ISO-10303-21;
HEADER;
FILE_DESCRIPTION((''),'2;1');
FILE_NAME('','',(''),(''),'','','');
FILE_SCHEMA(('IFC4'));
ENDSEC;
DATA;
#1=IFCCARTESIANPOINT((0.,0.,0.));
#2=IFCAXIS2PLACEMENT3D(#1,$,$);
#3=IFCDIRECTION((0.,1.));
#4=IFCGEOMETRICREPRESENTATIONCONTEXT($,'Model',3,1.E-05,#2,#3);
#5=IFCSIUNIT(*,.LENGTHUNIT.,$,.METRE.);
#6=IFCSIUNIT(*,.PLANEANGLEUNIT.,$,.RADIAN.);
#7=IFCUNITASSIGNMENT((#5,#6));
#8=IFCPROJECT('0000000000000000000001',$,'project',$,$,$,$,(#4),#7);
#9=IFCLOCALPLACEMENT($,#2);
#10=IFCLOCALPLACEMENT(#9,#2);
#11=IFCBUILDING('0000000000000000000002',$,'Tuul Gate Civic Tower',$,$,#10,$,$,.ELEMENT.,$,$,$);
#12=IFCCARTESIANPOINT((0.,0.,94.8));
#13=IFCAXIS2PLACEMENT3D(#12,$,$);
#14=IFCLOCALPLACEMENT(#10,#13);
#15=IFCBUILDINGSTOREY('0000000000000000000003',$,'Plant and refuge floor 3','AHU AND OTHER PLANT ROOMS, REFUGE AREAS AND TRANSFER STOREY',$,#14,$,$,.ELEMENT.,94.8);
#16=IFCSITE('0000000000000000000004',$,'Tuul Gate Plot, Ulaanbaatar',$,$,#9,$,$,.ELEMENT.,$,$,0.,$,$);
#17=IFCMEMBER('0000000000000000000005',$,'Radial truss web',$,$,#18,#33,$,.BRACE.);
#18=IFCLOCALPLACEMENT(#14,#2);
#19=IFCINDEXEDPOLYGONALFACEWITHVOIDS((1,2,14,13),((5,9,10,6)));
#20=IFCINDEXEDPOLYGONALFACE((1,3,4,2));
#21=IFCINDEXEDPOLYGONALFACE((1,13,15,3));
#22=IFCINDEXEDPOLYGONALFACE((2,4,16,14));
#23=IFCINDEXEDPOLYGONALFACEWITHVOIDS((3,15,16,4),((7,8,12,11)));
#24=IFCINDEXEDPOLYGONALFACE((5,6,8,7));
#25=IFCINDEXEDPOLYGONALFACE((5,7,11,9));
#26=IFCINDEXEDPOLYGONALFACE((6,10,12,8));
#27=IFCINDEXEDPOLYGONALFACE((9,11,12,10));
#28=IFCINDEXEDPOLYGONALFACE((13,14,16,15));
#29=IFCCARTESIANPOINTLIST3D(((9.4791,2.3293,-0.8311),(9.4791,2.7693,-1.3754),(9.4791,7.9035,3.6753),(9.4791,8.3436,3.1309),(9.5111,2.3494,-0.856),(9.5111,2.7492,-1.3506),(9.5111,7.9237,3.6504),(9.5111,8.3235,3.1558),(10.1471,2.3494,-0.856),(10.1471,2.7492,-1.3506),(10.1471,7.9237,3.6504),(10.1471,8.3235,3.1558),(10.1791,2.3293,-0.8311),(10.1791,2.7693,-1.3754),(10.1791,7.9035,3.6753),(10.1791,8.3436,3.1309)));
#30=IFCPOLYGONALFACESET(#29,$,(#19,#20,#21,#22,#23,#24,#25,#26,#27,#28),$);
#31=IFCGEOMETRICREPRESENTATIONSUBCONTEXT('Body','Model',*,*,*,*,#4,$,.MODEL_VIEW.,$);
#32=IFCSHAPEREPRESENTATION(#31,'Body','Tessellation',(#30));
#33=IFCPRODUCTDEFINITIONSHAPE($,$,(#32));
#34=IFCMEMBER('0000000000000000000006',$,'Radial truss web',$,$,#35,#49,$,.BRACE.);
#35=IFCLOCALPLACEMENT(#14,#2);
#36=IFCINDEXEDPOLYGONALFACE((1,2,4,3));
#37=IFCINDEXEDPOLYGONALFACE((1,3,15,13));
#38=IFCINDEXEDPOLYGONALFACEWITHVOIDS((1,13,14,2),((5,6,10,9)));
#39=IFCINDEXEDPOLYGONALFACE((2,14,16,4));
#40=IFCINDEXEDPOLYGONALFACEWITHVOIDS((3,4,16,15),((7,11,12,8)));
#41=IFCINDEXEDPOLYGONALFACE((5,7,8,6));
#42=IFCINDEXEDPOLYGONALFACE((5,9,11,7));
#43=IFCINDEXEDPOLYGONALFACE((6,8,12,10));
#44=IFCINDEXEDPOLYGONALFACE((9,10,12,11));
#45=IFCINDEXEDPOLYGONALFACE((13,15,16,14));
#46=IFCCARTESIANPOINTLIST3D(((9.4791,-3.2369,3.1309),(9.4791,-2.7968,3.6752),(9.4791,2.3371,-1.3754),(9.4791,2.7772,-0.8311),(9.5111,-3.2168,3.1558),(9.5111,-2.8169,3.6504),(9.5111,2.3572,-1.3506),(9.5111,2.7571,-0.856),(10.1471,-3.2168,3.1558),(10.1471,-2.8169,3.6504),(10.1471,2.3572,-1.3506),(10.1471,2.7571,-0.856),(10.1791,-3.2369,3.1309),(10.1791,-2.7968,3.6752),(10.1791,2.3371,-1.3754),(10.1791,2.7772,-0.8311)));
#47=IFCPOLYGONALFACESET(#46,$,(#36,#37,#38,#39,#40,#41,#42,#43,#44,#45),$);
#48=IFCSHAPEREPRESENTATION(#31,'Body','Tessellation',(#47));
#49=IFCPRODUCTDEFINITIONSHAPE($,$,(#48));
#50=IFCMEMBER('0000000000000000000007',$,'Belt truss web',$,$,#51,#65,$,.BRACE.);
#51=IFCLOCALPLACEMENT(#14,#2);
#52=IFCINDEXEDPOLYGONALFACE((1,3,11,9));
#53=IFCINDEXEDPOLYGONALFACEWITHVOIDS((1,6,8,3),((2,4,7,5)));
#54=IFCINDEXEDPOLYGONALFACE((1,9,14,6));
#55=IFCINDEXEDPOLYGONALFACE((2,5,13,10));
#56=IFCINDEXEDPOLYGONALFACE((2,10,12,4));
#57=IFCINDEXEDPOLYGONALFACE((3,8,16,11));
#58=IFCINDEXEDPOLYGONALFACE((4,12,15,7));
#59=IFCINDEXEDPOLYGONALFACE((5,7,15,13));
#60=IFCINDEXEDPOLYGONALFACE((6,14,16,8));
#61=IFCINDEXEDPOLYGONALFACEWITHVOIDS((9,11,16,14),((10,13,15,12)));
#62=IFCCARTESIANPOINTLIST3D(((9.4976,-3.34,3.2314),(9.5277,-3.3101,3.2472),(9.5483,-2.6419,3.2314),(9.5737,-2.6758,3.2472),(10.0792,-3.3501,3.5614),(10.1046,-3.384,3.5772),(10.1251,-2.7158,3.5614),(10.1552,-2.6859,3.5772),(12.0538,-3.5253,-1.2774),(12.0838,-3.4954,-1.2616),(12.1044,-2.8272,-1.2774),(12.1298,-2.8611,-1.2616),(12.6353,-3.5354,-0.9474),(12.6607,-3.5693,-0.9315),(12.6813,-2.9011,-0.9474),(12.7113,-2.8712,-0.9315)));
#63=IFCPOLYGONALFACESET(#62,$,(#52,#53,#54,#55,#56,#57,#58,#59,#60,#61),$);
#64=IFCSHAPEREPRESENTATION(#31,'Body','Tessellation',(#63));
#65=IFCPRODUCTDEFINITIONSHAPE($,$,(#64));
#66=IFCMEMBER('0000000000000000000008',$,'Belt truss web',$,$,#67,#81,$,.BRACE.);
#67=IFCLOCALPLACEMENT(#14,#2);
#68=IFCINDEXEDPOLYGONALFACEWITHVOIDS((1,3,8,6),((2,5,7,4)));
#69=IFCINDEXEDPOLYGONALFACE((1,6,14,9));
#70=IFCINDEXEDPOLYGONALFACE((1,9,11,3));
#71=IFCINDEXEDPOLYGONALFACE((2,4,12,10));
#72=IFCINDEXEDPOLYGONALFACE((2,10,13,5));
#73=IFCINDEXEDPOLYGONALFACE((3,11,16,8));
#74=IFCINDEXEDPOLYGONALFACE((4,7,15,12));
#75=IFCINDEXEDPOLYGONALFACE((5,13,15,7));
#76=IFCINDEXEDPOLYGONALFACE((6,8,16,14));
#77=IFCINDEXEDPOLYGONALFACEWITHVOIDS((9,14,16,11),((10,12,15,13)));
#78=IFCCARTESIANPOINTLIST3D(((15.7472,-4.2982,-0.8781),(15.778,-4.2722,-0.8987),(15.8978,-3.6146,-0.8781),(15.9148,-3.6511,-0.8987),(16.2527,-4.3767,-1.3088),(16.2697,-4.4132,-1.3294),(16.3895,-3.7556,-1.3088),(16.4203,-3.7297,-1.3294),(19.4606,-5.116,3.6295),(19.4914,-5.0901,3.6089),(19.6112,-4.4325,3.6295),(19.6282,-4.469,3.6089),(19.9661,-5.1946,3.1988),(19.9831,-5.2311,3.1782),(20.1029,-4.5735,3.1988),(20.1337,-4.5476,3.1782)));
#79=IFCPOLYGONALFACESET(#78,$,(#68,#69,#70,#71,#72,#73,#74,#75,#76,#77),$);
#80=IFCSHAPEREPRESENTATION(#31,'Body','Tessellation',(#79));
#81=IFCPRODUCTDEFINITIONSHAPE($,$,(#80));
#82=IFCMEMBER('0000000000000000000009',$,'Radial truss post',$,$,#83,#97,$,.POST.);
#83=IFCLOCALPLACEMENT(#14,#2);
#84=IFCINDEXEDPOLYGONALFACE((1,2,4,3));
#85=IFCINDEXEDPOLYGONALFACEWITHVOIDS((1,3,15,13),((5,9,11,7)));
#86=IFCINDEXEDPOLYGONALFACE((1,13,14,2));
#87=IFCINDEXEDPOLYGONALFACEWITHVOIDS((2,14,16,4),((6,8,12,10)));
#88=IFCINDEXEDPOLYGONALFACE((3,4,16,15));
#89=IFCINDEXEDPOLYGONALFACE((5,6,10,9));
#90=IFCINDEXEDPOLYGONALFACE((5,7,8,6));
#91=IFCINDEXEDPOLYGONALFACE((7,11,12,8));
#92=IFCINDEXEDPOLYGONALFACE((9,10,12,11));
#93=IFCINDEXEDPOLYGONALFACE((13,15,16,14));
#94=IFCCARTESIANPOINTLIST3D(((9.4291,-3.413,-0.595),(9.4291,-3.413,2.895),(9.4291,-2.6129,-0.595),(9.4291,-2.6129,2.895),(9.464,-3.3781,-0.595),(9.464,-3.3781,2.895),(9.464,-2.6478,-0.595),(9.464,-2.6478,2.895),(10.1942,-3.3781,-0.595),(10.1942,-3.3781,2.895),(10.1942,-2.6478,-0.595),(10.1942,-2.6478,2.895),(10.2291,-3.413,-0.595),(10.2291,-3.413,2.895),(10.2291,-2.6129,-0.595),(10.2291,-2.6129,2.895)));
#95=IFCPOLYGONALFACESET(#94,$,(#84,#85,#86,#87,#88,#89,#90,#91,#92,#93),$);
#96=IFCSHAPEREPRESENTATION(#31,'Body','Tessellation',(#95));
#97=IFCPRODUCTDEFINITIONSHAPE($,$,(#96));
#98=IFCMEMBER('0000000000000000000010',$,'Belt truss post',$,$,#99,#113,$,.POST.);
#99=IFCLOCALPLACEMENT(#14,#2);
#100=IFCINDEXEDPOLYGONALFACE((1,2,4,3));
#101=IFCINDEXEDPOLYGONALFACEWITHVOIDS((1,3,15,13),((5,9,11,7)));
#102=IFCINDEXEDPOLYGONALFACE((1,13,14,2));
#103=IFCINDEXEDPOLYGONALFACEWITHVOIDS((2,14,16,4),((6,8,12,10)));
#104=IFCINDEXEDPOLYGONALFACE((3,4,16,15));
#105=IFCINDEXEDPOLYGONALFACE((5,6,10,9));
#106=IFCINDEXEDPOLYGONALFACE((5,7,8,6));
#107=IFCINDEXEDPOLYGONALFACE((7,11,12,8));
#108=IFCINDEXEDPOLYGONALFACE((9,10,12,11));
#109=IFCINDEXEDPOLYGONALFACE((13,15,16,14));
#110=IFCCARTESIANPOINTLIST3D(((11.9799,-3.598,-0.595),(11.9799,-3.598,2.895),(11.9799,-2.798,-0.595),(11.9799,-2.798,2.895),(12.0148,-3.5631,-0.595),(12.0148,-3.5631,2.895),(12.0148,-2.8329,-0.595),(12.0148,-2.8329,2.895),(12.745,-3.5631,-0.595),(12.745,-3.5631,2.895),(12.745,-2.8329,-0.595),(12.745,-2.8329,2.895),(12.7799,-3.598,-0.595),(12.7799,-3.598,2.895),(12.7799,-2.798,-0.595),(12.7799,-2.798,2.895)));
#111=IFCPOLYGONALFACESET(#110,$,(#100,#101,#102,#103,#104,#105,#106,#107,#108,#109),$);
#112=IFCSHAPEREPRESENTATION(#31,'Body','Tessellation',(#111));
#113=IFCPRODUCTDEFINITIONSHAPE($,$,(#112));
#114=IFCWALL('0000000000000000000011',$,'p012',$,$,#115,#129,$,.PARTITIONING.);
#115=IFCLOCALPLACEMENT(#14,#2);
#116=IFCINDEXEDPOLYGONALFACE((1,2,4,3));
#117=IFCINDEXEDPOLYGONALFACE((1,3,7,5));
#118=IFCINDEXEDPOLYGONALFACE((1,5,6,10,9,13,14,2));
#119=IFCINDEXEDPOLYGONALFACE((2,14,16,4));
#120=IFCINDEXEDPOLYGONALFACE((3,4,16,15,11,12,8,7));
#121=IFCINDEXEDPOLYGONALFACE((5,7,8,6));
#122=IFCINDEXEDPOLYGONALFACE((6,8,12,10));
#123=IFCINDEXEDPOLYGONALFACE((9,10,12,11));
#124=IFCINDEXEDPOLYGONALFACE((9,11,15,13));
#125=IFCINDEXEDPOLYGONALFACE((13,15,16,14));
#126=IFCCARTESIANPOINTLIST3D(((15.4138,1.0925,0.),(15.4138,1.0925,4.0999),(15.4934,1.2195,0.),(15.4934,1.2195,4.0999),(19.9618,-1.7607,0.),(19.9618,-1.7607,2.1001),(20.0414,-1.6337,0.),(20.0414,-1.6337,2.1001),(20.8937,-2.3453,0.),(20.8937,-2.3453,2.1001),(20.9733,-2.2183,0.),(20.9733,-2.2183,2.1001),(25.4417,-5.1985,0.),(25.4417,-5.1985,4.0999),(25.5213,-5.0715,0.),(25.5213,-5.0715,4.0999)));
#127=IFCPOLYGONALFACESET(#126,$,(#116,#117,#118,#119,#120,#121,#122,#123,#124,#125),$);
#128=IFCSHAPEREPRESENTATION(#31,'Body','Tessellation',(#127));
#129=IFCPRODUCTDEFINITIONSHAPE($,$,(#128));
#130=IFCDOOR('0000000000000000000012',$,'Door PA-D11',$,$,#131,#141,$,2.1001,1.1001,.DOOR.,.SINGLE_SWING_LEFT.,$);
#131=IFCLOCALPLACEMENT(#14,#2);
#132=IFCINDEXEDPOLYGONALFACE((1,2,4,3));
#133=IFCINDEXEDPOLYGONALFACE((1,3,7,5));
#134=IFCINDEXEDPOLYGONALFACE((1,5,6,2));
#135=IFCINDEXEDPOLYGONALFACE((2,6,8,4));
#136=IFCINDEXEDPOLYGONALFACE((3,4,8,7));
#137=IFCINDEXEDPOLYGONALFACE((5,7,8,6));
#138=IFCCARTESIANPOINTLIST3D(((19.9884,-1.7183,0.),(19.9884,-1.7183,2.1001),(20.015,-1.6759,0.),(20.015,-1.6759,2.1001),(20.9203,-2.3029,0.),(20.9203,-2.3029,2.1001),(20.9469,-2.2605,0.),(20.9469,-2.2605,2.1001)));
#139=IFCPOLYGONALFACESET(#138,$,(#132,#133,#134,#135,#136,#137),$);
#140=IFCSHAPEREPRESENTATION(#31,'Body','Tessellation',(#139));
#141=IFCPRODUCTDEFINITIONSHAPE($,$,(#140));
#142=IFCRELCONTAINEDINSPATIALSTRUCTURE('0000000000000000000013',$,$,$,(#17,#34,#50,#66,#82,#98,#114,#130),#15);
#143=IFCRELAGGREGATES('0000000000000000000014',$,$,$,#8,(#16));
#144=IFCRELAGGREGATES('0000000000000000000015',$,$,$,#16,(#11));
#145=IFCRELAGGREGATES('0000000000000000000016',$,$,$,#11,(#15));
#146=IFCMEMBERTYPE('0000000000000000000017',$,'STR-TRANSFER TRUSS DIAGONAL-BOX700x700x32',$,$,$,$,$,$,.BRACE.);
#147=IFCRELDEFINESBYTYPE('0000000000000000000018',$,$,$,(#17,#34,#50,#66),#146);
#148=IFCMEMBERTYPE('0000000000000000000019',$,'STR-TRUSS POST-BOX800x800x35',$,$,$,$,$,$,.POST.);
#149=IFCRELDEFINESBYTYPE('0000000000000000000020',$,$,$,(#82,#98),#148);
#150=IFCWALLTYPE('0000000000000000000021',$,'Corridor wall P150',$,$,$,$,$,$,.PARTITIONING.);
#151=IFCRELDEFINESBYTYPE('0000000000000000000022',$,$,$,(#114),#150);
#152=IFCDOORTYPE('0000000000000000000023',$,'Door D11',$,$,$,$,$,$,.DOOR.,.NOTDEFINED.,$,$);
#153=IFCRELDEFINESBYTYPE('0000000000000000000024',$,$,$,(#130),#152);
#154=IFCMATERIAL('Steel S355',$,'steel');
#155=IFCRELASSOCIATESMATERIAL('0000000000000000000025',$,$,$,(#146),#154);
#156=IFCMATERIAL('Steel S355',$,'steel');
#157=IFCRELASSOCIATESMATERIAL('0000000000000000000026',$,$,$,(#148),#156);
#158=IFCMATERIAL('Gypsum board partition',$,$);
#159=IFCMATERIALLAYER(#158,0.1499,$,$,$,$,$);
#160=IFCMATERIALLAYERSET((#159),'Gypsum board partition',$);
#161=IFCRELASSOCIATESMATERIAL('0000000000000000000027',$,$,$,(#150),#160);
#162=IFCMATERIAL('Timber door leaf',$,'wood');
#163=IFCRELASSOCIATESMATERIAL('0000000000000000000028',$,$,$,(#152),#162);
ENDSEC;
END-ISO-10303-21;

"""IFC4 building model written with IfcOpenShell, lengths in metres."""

from ifc_helpers import new_model, si_unit, direction, frame, frame_2d, origin, origin_2d, place, context, subcontext, project, spatial, rectangle, hollow_rectangle, extrude, material, layer, layer_set, material_profile, profile_set, type_object, element, fill, save


model = new_model("IFC4")

# Units and contexts
model_context = context("Model", 3, precision=1e-05, world=origin(), true_north=direction((0.0, 1.0)))
body_context = subcontext(model_context, "Body", "Model", "MODEL_VIEW")
ifc_project = project(units=[si_unit("LENGTHUNIT", "METRE"), si_unit("PLANEANGLEUNIT", "RADIAN")], contexts=[model_context])

# Site, building, storey
site_placement = place(None, origin())
site = spatial("IfcSite", under=ifc_project, at=site_placement, Name="Tuul Gate Plot, Ulaanbaatar", CompositionType="ELEMENT", RefElevation=0.0)
building_placement = place(site_placement, origin())
building = spatial("IfcBuilding", under=site, at=building_placement, Name="Tuul Gate Civic Tower", CompositionType="ELEMENT")
storey_placement = place(building_placement, frame((0.0, 0.0, 94.8)))
storey = spatial("IfcBuildingStorey", under=building, at=storey_placement, Name="Plant and refuge floor 3", Description="AHU AND OTHER PLANT ROOMS, REFUGE AREAS AND TRANSFER STOREY", CompositionType="ELEMENT", Elevation=94.8)

# Members
ifc_material_1 = material(Name="Steel S355", Category="steel")
ifc_material_profile_1 = material_profile(ifc_material_1, hollow_rectangle(XDim=0.7, YDim=0.7, WallThickness=0.032, at=origin_2d()), Name="BOX700x700x32")
ifc_profile_set_1 = profile_set([ifc_material_profile_1], Name="Steel S355")
member_type_1 = type_object("IfcMemberType", Name="STR-TRANSFER TRUSS DIAGONAL-BOX700x700x32", PredefinedType="BRACE", material=ifc_profile_set_1)
member_1_placement = place(storey_placement, frame((9.8291, 2.5493, -1.1033), z_axis=(0.0, 0.777662, 0.628683), x_axis=(-1.0, 0.0, 0.0)))
element("IfcMember", 1, at=member_1_placement, inside=storey, type_object=member_type_1, Name="Radial truss web", PredefinedType="BRACE", context=body_context, shape_type="SweptSolid", body=[
    extrude(hollow_rectangle(XDim=0.7, YDim=0.7, WallThickness=0.032, at=origin_2d()), origin(), (0.0, 0.0, 1.0), 7.168),
])
member_2_placement = place(storey_placement, frame((9.8291, 2.5571, -1.1033), z_axis=(0.0, -0.777648, 0.628699), x_axis=(1.0, 0.0, 0.0)))
element("IfcMember", 2, at=member_2_placement, inside=storey, type_object=member_type_1, Name="Radial truss web", PredefinedType="BRACE", context=body_context, shape_type="SweptSolid", body=[
    extrude(hollow_rectangle(XDim=0.7, YDim=0.7, WallThickness=0.032, at=origin_2d()), origin(), (0.0, 0.0, 1.0), 7.1677),
])
member_3_placement = place(storey_placement, frame((12.3826, -3.1982, -1.1045), z_axis=(-0.492869, 0.035729, 0.86937), x_axis=(-0.072303, -0.997383, 0.0)))
element("IfcMember", 3, at=member_3_placement, inside=storey, type_object=member_type_1, Name="Belt truss web", PredefinedType="BRACE", context=body_context, shape_type="SweptSolid", body=[
    extrude(hollow_rectangle(XDim=0.7, YDim=0.7, WallThickness=0.032, at=origin_2d()), origin(), (0.0, 0.0, 1.0), 5.1863),
])
member_4_placement = place(storey_placement, frame((16.0837, -4.0139, -1.1038), z_axis=(0.629691, -0.138689, 0.764365), x_axis=(0.215095, 0.976593, 0.0)))
element("IfcMember", 4, at=member_4_placement, inside=storey, type_object=member_type_1, Name="Belt truss web", PredefinedType="BRACE", context=body_context, shape_type="SweptSolid", body=[
    extrude(hollow_rectangle(XDim=0.7, YDim=0.7, WallThickness=0.032, at=origin_2d()), origin(), (0.0, 0.0, 1.0), 5.8972),
])
ifc_material_2 = material(Name="Steel S355", Category="steel")
ifc_material_profile_2 = material_profile(ifc_material_2, hollow_rectangle(XDim=0.8, YDim=0.8, WallThickness=0.0349, at=origin_2d()), Name="BOX800x800x35")
ifc_profile_set_2 = profile_set([ifc_material_profile_2], Name="Steel S355")
member_type_2 = type_object("IfcMemberType", Name="STR-TRUSS POST-BOX800x800x35", PredefinedType="POST", material=ifc_profile_set_2)
for number, where, z_axis, x_axis, name in (
    (5, (9.8291, -3.0129, -0.595), (0.0, 0.0, 1.0), (1.0, 0.0, 0.0), "Radial truss post"),
    (6, (12.3799, -3.198, -0.595), (0.0, 0.0, 1.0), (1.0, 0.0, 0.0), "Belt truss post"),
):
    element("IfcMember", number, at=place(storey_placement, frame(where, z_axis=z_axis, x_axis=x_axis)), inside=storey, type_object=member_type_2, Name=name, PredefinedType="POST", context=body_context, shape_type="SweptSolid", body=[
        extrude(hollow_rectangle(XDim=0.8, YDim=0.8, WallThickness=0.0349, at=origin_2d()), origin(), (0.0, 0.0, 1.0), 3.49),
    ])

# Wall, opening, door
ifc_material_3 = material(Name="Gypsum board partition")
ifc_layer_1 = layer(ifc_material_3, 0.1499)
ifc_layer_set_1 = layer_set([ifc_layer_1], Name="Gypsum board partition")
wall_type_1 = type_object("IfcWallType", Name="Corridor wall P150", PredefinedType="PARTITIONING", material=ifc_layer_set_1)
wall_1_placement = place(storey_placement, frame((15.4536, 1.156, 0.0), z_axis=(0.0, 0.0, 1.0), x_axis=(0.8471, -0.531433, 0.0)))
wall_1 = element("IfcWall", 7, at=wall_1_placement, inside=storey, type_object=wall_type_1, Name="p012", PredefinedType="PARTITIONING", context=body_context, shape_type="SweptSolid", body=[
    extrude(rectangle(XDim=11.8379, YDim=0.1499, at=frame_2d((5.9189, 0.0))), origin(), (0.0, 0.0, 1.0), 4.0999),
])
opening_1_placement = place(wall_1_placement, frame((5.3689, 0.0, 0.0)))
opening_1 = element("IfcOpeningElement", 8, at=opening_1_placement, cuts=wall_1, PredefinedType="OPENING", context=body_context, shape_type="SweptSolid", body=[
    extrude(rectangle(XDim=1.1001, YDim=2.1001, at=frame_2d((0.55, 1.05))), frame((0.0, 0.085, 0.0), z_axis=(0.0, -1.0, 0.0), x_axis=(1.0, 0.0, 0.0)), (0.0, 0.0, 1.0), 0.1699),
])
ifc_material_4 = material(Name="Timber door leaf", Category="wood")
door_type = type_object("IfcDoorType", Name="Door D11", OperationType="NOTDEFINED", PredefinedType="DOOR", material=ifc_material_4)
door_1_placement = place(opening_1_placement, frame((1.1001, 0.0, 0.0), z_axis=(0.0, 0.0, 1.0), x_axis=(-1.0, 0.0, 0.0)))
door_1 = element("IfcDoor", 9, at=door_1_placement, inside=storey, type_object=door_type, Name="Door PA-D11", OperationType="SINGLE_SWING_LEFT", OverallHeight=2.1001, OverallWidth=1.1001, PredefinedType="DOOR", context=body_context, shape_type="SweptSolid", body=[
    extrude(rectangle(XDim=1.1001, YDim=2.1001, at=frame_2d((0.55, 1.05))), frame((0.0, 0.0249, 0.0), z_axis=(0.0, -1.0, 0.0), x_axis=(1.0, 0.0, 0.0)), (0.0, 0.0, 1.0), 0.05),
])
fill(opening_1, door_1)

save(model, "model.ifc")
